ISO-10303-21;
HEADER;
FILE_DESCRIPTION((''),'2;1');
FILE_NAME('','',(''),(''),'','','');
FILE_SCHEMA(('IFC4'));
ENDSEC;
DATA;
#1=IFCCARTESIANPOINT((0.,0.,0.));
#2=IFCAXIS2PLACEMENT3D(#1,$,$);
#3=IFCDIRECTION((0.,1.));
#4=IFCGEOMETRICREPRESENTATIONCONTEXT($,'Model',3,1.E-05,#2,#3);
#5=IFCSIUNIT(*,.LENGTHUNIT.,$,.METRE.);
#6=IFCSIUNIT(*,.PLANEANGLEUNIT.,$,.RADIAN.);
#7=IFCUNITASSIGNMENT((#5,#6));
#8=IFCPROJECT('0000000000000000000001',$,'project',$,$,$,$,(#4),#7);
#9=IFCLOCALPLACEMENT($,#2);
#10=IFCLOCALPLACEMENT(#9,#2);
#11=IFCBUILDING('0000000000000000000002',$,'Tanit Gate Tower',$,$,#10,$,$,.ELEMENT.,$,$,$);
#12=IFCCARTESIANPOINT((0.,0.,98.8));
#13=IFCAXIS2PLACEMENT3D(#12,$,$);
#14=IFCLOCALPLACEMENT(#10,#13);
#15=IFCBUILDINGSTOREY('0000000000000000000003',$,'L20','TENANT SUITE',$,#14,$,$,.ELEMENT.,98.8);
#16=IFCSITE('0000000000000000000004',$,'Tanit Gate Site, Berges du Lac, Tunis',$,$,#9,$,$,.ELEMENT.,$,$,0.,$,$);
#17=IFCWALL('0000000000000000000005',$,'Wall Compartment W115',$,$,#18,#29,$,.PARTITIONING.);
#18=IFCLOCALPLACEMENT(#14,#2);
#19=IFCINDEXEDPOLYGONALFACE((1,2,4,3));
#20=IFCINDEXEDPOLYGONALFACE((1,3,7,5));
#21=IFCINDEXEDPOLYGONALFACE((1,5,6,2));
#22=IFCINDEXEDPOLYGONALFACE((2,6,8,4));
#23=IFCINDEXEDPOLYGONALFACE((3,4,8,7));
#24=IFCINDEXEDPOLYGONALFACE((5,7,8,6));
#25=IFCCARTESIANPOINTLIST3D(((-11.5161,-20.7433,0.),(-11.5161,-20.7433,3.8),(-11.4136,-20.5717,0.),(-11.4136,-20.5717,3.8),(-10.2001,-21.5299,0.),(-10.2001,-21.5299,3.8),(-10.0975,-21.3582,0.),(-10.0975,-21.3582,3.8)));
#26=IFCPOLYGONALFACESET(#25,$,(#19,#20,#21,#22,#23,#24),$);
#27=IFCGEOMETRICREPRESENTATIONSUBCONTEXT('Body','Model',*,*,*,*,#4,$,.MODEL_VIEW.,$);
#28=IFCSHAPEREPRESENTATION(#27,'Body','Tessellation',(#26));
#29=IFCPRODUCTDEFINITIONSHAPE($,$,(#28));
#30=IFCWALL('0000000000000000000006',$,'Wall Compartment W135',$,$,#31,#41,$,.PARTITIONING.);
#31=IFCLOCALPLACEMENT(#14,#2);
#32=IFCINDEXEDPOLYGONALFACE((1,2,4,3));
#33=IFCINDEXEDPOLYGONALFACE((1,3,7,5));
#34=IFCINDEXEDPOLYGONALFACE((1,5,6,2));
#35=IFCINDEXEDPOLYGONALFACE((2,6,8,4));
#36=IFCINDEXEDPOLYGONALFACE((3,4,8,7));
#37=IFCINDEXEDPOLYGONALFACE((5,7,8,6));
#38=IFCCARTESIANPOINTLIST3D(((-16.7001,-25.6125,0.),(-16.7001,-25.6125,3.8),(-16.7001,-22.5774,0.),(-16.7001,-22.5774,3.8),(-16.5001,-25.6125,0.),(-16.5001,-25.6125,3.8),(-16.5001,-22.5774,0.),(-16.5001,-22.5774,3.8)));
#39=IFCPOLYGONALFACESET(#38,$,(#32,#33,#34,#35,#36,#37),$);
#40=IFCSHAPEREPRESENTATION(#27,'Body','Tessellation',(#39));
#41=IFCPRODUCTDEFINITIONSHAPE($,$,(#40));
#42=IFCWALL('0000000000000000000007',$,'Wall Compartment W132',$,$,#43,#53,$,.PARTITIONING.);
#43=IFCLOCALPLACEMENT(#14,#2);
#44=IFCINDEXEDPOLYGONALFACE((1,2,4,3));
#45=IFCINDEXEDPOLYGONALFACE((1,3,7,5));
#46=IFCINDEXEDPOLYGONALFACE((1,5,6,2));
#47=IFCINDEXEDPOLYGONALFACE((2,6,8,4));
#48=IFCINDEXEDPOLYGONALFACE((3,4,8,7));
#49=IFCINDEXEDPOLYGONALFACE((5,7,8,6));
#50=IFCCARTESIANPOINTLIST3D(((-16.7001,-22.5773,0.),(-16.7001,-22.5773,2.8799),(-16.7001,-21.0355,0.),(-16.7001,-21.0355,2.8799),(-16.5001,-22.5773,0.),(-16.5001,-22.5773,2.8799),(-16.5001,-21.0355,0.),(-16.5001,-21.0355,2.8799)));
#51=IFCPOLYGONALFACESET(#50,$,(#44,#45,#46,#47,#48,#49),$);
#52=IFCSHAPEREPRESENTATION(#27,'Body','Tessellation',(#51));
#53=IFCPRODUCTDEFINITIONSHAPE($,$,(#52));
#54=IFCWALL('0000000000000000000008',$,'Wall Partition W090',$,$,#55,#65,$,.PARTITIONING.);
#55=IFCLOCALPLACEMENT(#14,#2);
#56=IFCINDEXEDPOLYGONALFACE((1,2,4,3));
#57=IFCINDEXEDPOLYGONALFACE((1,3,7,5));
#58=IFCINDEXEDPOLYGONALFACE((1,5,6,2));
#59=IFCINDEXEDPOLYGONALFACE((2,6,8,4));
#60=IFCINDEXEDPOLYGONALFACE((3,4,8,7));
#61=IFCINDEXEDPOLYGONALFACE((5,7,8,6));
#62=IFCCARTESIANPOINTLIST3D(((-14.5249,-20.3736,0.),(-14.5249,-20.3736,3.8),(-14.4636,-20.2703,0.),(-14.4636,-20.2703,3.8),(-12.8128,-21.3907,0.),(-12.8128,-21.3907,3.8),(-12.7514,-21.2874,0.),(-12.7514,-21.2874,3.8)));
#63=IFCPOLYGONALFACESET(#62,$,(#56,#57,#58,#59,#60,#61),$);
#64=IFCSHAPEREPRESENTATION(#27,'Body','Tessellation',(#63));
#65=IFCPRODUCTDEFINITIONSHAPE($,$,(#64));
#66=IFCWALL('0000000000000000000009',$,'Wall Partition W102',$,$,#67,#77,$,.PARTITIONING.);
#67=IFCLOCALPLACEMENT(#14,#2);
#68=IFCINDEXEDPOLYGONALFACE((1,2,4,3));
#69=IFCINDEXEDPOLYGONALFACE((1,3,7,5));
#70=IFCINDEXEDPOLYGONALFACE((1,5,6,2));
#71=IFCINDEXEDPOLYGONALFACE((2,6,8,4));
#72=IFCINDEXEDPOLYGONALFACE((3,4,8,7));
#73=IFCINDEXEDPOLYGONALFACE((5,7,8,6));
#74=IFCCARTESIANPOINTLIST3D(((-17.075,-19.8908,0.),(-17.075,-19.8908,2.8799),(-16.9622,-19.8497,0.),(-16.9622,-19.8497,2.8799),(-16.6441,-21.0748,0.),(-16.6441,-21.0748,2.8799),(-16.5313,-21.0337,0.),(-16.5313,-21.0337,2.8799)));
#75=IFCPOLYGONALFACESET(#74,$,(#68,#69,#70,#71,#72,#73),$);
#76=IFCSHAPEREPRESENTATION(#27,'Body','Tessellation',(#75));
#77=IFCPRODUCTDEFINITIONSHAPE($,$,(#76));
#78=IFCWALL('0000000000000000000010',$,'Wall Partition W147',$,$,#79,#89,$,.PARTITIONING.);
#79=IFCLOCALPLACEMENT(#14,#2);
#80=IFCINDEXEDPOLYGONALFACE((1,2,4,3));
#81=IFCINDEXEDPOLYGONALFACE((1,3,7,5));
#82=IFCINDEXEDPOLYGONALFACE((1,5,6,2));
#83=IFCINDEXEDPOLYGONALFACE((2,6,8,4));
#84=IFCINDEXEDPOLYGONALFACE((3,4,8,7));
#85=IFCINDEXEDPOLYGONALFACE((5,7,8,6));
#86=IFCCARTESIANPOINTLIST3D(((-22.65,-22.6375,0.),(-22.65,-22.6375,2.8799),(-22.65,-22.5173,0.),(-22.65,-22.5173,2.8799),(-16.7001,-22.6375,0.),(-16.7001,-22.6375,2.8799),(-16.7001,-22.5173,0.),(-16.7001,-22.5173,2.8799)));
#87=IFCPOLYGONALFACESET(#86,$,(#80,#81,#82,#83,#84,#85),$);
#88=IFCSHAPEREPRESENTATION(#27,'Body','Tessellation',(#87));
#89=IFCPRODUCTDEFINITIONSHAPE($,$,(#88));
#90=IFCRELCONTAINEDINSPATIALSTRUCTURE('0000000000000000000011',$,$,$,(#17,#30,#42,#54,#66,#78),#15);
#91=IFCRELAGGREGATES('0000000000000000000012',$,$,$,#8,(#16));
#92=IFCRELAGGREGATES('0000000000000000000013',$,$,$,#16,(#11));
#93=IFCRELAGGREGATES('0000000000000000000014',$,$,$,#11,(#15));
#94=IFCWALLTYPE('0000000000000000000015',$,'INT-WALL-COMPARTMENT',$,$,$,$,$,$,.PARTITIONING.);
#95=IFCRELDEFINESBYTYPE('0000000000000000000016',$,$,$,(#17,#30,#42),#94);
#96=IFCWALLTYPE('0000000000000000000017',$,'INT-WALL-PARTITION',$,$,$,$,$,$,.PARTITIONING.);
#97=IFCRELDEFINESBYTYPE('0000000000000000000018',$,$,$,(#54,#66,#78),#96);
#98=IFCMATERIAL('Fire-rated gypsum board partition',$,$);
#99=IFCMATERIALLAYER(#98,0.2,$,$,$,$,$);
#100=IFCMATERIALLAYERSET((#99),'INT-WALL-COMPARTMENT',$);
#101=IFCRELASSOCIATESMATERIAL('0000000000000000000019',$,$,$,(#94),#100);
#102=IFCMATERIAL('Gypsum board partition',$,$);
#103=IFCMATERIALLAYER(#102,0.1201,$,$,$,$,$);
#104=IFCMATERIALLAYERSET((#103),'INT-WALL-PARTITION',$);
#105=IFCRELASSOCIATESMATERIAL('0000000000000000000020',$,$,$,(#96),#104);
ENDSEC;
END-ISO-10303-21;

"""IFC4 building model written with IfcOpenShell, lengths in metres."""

from ifc_helpers import new_model, si_unit, direction, frame, frame_2d, origin, place, context, subcontext, project, spatial, rectangle, extrude, material, layer, layer_set, type_object, element, save


model = new_model("IFC4")

# Units and contexts
model_context = context("Model", 3, precision=1e-05, world=origin(), true_north=direction((0.0, 1.0)))
body_context = subcontext(model_context, "Body", "Model", "MODEL_VIEW")
ifc_project = project(units=[si_unit("LENGTHUNIT", "METRE"), si_unit("PLANEANGLEUNIT", "RADIAN")], contexts=[model_context])

# Site, building, storey
site_placement = place(None, origin())
site = spatial("IfcSite", under=ifc_project, at=site_placement, Name="Tanit Gate Site, Berges du Lac, Tunis", CompositionType="ELEMENT", RefElevation=0.0)
building_placement = place(site_placement, origin())
building = spatial("IfcBuilding", under=site, at=building_placement, Name="Tanit Gate Tower", CompositionType="ELEMENT")
storey_placement = place(building_placement, frame((0.0, 0.0, 98.8)))
storey = spatial("IfcBuildingStorey", under=building, at=storey_placement, Name="L20", Description="TENANT SUITE", CompositionType="ELEMENT", Elevation=98.8)

# Shared definitions
ifc_material_1 = material(Name="Fire-rated gypsum board partition")
ifc_layer_1 = layer(ifc_material_1, 0.2)
ifc_layer_set_1 = layer_set([ifc_layer_1], Name="INT-WALL-COMPARTMENT")
wall_type_1 = type_object("IfcWallType", Name="INT-WALL-COMPARTMENT", PredefinedType="PARTITIONING", material=ifc_layer_set_1)

# Walls
wall_1_placement = place(storey_placement, frame((-11.4648, -20.6575, 0.0), z_axis=(0.0, 0.0, 1.0), x_axis=(0.858377, -0.51302, 0.0)))
element("IfcWall", 1, at=wall_1_placement, inside=storey, type_object=wall_type_1, Name="Wall Compartment W115", PredefinedType="PARTITIONING", context=body_context, shape_type="SweptSolid", body=[
    extrude(rectangle(XDim=1.5332, YDim=0.2, at=frame_2d((0.7666, 0.0))), origin(), (0.0, 0.0, 1.0), 3.8),
])
wall_2_placement = place(storey_placement, frame((-16.6001, -25.6125, 0.0), z_axis=(0.0, 0.0, 1.0), x_axis=(0.0, 1.0, 0.0)))
element("IfcWall", 2, at=wall_2_placement, inside=storey, type_object=wall_type_1, Name="Wall Compartment W135", PredefinedType="PARTITIONING", context=body_context, shape_type="SweptSolid", body=[
    extrude(rectangle(XDim=3.0352, YDim=0.2, at=frame_2d((1.5176, 0.0))), origin(), (0.0, 0.0, 1.0), 3.8),
])
wall_3_placement = place(storey_placement, frame((-16.6001, -22.5774, 0.0), z_axis=(0.0, 0.0, 1.0), x_axis=(0.0, 1.0, 0.0)))
element("IfcWall", 3, at=wall_3_placement, inside=storey, type_object=wall_type_1, Name="Wall Compartment W132", PredefinedType="PARTITIONING", context=body_context, shape_type="SweptSolid", body=[
    extrude(rectangle(XDim=1.5417, YDim=0.2, at=frame_2d((0.771, 0.0))), origin(), (0.0, 0.0, 1.0), 2.8799),
])
ifc_material_2 = material(Name="Gypsum board partition")
ifc_layer_2 = layer(ifc_material_2, 0.1201)
ifc_layer_set_2 = layer_set([ifc_layer_2], Name="INT-WALL-PARTITION")
wall_type_2 = type_object("IfcWallType", Name="INT-WALL-PARTITION", PredefinedType="PARTITIONING", material=ifc_layer_set_2)
wall_4_placement = place(storey_placement, frame((-14.4941, -20.322, 0.0), z_axis=(0.0, 0.0, 1.0), x_axis=(0.859745, -0.510723, 0.0)))
element("IfcWall", 4, at=wall_4_placement, inside=storey, type_object=wall_type_2, Name="Wall Partition W090", PredefinedType="PARTITIONING", context=body_context, shape_type="SweptSolid", body=[
    extrude(rectangle(XDim=1.9915, YDim=0.1201, at=frame_2d((0.9956, 0.0))), origin(), (0.0, 0.0, 1.0), 3.8),
])
wall_5_placement = place(storey_placement, frame((-17.0186, -19.8704, 0.0), z_axis=(0.0, 0.0, 1.0), x_axis=(0.341976, -0.939709, 0.0)))
element("IfcWall", 5, at=wall_5_placement, inside=storey, type_object=wall_type_2, Name="Wall Partition W102", PredefinedType="PARTITIONING", context=body_context, shape_type="SweptSolid", body=[
    extrude(rectangle(XDim=1.26, YDim=0.1201, at=frame_2d((0.6299, 0.0))), origin(), (0.0, 0.0, 1.0), 2.8799),
])
wall_6_placement = place(storey_placement, frame((-16.7, -22.5774, 0.0), z_axis=(0.0, 0.0, 1.0), x_axis=(-1.0, 0.0, 0.0)))
element("IfcWall", 6, at=wall_6_placement, inside=storey, type_object=wall_type_2, Name="Wall Partition W147", PredefinedType="PARTITIONING", context=body_context, shape_type="SweptSolid", body=[
    extrude(rectangle(XDim=5.95, YDim=0.1201, at=frame_2d((2.9751, 0.0))), origin(), (0.0, 0.0, 1.0), 2.8799),
])

save(model, "model.ifc")
